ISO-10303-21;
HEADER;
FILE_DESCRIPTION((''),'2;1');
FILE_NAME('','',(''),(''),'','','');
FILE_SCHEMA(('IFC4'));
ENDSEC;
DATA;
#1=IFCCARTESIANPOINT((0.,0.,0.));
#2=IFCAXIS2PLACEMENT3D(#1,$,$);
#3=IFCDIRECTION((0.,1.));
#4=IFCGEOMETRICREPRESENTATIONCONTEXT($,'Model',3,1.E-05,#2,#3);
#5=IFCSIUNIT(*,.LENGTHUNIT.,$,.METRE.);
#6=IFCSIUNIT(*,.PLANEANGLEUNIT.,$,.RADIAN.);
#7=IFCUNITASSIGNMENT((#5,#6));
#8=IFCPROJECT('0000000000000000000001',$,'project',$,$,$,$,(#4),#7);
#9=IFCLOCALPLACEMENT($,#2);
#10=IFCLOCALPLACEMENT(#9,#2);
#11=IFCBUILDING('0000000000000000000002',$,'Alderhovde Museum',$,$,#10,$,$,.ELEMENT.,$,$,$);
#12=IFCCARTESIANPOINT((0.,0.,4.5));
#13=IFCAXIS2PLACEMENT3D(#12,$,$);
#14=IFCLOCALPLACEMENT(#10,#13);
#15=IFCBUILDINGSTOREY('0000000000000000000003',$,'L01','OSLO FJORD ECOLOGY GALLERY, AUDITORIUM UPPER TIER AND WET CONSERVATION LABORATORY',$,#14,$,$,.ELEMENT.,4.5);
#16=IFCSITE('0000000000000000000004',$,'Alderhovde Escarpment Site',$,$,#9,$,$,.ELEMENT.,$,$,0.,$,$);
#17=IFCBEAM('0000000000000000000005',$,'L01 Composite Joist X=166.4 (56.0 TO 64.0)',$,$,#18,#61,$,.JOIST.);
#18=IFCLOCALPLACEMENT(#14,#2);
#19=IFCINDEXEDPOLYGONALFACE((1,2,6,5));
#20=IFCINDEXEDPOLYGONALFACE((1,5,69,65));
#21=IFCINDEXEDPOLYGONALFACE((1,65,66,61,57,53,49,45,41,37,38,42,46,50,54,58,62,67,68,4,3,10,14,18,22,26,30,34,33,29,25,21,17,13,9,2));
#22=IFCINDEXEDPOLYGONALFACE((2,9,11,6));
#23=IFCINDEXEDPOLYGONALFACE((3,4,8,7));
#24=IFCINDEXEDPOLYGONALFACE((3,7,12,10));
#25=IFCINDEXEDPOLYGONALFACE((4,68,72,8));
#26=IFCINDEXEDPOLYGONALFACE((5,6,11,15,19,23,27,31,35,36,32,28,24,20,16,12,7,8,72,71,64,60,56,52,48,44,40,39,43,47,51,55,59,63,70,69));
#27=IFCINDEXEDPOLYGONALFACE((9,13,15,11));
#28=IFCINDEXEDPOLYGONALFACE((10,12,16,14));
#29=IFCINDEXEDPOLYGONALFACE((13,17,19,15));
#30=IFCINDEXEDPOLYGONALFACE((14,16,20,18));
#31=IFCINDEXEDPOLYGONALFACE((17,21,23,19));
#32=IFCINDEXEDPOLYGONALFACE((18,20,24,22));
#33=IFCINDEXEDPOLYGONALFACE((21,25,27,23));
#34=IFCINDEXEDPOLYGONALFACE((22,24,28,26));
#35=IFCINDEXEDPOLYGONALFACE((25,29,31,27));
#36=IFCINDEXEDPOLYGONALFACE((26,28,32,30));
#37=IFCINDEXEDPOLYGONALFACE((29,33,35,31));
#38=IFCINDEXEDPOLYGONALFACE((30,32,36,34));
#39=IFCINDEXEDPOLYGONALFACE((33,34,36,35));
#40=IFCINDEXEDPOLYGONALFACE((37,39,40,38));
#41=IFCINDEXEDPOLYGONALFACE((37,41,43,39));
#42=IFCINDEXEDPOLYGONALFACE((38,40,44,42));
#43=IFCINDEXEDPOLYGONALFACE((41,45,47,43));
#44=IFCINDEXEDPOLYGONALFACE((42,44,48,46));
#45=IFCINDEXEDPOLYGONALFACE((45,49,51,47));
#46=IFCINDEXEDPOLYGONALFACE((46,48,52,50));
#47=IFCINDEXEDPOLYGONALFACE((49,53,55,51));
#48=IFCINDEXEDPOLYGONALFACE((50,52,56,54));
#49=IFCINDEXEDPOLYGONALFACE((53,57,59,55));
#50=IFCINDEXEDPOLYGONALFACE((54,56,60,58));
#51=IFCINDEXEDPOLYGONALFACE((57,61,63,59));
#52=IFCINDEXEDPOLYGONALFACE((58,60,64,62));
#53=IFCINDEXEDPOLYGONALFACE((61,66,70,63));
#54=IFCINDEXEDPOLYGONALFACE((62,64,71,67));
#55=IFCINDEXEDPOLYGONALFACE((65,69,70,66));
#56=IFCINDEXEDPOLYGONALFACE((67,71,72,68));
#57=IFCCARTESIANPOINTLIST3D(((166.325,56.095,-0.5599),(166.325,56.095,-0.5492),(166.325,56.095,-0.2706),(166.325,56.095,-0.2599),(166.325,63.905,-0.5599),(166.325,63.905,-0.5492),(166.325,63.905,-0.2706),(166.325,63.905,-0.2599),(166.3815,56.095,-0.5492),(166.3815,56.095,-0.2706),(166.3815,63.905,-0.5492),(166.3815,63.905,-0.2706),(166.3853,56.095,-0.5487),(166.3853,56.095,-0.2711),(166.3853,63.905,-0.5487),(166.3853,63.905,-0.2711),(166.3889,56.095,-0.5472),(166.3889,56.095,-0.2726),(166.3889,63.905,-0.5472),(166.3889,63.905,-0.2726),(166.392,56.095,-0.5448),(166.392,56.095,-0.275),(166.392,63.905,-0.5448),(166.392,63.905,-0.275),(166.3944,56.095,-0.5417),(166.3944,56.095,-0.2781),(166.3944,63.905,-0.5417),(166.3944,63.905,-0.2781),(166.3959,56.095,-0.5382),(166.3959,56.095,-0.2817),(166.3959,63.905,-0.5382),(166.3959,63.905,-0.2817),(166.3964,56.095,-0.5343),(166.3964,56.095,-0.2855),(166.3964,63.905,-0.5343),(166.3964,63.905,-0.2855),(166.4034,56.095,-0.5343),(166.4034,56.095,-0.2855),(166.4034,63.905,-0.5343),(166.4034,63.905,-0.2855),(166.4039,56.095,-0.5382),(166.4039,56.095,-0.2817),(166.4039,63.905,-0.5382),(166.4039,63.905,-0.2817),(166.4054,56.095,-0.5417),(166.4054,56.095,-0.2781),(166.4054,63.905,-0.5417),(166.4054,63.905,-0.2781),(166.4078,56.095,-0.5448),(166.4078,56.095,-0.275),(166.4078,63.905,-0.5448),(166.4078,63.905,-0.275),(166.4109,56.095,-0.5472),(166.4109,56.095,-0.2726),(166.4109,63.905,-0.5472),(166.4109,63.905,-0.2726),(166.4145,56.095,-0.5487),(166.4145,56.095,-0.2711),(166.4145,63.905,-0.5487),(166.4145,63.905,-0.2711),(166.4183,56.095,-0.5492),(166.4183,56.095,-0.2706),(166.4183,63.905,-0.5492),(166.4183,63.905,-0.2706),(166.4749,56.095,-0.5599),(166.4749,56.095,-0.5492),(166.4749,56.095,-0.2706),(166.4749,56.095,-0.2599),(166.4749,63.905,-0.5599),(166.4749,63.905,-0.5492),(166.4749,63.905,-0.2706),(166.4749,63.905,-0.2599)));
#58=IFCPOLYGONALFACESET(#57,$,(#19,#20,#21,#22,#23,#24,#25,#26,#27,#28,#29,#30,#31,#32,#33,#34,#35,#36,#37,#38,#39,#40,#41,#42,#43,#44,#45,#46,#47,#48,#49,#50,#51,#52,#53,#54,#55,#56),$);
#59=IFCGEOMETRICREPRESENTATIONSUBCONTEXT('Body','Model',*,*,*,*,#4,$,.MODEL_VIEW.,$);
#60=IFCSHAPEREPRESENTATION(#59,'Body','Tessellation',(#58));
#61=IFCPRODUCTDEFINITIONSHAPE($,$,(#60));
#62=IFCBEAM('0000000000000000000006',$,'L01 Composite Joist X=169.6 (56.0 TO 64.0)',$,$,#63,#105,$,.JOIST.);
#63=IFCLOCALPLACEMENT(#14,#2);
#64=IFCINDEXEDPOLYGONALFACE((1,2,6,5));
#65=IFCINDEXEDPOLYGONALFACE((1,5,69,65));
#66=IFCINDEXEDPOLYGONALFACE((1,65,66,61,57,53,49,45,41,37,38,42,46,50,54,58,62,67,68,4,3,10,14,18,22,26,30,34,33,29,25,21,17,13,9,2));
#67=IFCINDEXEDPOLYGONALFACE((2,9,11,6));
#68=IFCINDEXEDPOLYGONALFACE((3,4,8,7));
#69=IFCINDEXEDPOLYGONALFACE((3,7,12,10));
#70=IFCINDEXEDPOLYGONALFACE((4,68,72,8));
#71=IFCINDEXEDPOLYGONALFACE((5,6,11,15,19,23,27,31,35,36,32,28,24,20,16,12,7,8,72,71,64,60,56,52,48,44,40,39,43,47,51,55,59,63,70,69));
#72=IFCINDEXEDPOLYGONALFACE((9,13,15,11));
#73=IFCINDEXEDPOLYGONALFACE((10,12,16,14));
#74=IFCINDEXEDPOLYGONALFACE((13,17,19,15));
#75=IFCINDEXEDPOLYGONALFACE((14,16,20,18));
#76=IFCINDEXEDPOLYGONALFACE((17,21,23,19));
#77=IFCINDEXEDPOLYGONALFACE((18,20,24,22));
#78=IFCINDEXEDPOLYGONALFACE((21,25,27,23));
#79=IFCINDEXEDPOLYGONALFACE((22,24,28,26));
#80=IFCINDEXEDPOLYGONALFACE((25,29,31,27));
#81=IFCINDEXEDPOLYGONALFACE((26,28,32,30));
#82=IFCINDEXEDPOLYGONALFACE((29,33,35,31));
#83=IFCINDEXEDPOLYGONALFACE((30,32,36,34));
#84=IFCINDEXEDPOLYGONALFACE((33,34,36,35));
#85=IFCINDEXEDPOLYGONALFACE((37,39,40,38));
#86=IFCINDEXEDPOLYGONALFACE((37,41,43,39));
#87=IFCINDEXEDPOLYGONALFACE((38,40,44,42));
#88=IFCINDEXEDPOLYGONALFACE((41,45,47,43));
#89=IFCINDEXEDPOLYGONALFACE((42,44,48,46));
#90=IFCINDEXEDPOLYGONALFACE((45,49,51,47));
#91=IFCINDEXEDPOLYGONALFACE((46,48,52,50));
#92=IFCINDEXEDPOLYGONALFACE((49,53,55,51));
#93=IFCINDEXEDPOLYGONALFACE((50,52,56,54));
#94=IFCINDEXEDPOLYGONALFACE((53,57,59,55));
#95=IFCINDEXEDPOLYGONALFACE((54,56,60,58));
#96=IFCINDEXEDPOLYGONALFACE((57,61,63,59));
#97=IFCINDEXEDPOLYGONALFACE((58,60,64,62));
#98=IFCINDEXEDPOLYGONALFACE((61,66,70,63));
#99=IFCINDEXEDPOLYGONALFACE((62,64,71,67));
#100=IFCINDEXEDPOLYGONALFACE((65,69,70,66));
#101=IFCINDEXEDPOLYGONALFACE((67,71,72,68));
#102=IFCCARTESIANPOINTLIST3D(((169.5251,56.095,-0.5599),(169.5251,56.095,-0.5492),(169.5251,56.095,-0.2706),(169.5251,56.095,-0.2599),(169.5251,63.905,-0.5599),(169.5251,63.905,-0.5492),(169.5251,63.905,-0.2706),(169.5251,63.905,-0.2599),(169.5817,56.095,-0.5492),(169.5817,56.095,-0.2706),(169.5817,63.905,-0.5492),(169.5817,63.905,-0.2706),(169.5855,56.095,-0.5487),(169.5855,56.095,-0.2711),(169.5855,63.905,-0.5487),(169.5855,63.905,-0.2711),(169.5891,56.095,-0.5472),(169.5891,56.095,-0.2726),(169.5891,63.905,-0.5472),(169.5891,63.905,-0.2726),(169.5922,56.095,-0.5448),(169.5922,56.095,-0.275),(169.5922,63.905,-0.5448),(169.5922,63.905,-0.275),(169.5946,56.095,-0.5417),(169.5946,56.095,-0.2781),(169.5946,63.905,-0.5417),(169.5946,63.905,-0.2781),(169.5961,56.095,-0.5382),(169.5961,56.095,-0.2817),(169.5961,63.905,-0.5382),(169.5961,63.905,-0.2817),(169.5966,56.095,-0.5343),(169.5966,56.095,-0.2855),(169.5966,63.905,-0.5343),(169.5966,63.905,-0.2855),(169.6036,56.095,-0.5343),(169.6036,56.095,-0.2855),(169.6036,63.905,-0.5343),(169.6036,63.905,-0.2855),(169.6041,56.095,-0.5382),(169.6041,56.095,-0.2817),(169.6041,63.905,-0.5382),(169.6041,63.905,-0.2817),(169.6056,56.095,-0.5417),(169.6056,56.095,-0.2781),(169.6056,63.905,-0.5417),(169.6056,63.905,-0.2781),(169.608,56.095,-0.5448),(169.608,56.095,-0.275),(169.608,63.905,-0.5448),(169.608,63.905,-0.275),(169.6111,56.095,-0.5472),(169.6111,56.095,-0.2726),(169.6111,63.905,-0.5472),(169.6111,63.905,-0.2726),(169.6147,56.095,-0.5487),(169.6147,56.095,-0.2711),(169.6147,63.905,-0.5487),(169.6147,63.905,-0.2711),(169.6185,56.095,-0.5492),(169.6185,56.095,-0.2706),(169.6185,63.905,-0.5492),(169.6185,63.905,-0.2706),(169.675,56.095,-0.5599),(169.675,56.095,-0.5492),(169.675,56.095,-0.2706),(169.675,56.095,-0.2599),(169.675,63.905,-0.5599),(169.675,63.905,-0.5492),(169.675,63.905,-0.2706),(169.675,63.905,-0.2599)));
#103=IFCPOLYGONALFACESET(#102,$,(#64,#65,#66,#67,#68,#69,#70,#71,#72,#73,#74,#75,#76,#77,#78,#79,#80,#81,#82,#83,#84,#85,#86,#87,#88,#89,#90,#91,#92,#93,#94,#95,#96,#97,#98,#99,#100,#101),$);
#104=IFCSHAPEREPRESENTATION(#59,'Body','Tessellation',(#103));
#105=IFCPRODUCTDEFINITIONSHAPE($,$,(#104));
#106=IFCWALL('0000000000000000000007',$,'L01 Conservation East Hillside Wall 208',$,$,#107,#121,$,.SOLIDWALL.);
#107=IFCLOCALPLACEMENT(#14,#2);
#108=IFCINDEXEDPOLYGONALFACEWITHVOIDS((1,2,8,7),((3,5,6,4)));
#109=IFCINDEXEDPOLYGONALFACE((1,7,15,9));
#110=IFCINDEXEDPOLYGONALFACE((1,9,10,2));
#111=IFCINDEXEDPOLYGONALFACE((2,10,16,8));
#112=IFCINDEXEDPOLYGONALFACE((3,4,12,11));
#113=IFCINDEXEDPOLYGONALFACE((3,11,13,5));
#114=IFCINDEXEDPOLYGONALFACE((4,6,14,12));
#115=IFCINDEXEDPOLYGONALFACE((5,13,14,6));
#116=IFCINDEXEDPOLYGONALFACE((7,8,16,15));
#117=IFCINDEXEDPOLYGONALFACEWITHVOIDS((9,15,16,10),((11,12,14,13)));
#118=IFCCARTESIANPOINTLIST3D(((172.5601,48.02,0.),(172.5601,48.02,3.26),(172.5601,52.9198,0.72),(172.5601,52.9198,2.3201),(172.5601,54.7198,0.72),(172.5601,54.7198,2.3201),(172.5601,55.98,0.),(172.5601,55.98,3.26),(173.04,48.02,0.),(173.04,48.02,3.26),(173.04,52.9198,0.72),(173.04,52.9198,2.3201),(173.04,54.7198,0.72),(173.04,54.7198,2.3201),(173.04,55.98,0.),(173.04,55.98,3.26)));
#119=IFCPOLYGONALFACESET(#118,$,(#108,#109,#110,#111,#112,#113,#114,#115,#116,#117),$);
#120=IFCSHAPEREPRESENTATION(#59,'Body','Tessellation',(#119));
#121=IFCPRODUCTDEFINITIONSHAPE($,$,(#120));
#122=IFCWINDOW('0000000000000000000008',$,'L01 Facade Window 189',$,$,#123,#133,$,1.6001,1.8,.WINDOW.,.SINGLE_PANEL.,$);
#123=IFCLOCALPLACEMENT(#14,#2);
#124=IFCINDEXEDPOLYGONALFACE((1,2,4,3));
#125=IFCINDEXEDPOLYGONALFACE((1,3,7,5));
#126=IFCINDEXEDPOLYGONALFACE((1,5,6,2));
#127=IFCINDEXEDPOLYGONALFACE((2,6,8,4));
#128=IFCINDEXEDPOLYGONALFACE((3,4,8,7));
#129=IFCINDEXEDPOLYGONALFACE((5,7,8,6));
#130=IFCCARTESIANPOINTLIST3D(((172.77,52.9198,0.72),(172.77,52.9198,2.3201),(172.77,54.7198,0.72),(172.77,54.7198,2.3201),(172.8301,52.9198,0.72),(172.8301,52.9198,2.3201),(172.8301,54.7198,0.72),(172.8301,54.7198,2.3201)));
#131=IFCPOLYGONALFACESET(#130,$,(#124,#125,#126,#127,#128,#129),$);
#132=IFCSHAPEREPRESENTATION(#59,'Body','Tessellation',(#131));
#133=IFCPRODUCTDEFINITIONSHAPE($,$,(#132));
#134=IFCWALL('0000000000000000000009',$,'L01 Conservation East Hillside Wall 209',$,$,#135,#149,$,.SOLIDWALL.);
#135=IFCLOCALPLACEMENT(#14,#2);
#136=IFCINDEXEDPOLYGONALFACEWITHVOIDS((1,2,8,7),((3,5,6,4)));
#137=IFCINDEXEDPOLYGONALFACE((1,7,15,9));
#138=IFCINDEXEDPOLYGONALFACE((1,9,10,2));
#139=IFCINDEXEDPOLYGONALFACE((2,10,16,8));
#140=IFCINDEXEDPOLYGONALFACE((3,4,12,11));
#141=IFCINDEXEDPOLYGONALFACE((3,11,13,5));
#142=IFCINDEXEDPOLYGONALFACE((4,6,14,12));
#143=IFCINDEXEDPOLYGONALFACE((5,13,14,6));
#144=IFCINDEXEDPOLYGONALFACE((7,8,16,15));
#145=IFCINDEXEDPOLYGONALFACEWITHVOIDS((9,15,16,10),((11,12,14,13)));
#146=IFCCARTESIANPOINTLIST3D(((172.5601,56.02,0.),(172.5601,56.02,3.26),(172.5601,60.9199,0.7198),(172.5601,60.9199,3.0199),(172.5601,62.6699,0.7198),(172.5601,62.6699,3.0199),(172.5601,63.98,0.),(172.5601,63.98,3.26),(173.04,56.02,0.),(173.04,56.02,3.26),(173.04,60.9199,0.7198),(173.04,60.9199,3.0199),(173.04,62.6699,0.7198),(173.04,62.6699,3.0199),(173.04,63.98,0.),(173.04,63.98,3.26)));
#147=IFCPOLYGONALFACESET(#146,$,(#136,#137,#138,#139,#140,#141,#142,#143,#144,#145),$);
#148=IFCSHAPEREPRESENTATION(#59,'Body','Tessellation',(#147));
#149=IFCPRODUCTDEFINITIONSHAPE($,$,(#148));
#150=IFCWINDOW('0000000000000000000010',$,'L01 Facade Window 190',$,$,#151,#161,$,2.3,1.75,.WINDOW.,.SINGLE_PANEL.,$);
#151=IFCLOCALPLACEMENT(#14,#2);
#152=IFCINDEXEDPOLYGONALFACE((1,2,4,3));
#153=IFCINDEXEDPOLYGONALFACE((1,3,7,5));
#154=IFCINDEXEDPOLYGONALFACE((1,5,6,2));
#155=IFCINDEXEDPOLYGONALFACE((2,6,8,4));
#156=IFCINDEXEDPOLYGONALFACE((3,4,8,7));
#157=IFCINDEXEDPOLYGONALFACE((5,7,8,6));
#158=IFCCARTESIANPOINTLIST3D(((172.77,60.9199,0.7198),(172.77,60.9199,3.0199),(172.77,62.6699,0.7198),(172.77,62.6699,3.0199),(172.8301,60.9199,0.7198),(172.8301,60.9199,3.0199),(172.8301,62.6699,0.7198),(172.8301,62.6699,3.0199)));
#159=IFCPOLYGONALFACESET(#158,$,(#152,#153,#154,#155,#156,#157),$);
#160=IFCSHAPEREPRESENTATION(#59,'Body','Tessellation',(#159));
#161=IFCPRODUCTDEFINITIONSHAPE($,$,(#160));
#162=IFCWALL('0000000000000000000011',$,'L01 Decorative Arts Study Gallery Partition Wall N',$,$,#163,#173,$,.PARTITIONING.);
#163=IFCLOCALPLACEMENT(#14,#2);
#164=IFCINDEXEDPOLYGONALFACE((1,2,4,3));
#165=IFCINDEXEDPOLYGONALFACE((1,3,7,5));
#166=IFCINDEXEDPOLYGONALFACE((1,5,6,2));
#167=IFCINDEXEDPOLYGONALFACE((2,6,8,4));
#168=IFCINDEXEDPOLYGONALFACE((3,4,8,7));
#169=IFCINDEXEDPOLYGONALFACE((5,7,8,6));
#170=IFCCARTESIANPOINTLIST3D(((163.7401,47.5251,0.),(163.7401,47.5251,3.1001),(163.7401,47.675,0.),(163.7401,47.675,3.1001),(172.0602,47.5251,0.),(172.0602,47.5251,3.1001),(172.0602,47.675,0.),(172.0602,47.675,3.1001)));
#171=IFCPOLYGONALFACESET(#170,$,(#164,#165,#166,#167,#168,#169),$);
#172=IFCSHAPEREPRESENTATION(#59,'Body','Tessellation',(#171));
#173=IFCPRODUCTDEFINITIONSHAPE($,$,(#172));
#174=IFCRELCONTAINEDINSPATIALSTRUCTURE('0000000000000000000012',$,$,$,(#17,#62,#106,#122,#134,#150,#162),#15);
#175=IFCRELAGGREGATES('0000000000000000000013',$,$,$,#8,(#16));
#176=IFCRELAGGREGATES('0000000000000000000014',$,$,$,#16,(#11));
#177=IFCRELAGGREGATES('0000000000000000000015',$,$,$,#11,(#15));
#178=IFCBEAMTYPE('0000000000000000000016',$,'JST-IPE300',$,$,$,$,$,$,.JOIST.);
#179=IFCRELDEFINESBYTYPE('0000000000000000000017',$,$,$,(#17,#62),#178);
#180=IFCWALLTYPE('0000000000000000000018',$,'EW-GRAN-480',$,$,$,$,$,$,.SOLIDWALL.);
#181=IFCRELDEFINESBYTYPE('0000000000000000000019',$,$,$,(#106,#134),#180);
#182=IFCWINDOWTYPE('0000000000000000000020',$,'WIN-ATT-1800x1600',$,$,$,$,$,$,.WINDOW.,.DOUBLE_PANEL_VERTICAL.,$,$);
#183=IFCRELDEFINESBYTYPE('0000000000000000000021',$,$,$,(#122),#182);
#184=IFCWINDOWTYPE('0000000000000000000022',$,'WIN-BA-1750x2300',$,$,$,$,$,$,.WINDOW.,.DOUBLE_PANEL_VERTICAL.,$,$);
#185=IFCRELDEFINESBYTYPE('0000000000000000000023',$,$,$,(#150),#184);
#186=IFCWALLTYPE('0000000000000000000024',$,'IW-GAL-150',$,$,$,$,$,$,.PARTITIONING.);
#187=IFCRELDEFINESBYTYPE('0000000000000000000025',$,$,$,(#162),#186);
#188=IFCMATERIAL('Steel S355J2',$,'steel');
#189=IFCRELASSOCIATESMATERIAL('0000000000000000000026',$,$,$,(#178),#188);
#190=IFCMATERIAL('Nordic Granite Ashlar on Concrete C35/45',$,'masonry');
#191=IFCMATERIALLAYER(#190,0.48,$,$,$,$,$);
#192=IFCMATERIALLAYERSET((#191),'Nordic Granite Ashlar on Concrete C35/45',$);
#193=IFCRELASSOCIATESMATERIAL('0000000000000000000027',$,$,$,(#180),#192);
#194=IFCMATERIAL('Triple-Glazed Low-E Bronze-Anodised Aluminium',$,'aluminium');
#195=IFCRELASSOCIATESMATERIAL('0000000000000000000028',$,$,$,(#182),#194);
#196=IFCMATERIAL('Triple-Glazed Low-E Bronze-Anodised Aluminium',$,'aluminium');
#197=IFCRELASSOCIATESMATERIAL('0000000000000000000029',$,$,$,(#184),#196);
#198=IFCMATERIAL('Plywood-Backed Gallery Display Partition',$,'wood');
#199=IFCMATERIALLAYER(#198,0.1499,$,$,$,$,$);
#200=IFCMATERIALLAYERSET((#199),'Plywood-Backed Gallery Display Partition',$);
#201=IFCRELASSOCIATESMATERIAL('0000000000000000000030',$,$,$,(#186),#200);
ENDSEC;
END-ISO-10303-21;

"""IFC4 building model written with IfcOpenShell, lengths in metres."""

from ifc_helpers import new_model, si_unit, direction, frame, frame_2d, origin, origin_2d, place, context, subcontext, project, spatial, rectangle, i_section, extrude, material, layer, layer_set, material_profile, profile_set, type_object, element, fill, save


model = new_model("IFC4")

# Units and contexts
model_context = context("Model", 3, precision=1e-05, world=origin(), true_north=direction((0.0, 1.0)))
body_context = subcontext(model_context, "Body", "Model", "MODEL_VIEW")
ifc_project = project(units=[si_unit("LENGTHUNIT", "METRE"), si_unit("PLANEANGLEUNIT", "RADIAN")], contexts=[model_context])

# Site, building, storey
site_placement = place(None, origin())
site = spatial("IfcSite", under=ifc_project, at=site_placement, Name="Alderhovde Escarpment Site", CompositionType="ELEMENT", RefElevation=0.0)
building_placement = place(site_placement, origin())
building = spatial("IfcBuilding", under=site, at=building_placement, Name="Alderhovde Museum", CompositionType="ELEMENT")
storey_placement = place(building_placement, frame((0.0, 0.0, 4.5)))
storey = spatial("IfcBuildingStorey", under=building, at=storey_placement, Name="L01", Description="OSLO FJORD ECOLOGY GALLERY, AUDITORIUM UPPER TIER AND WET CONSERVATION LABORATORY", CompositionType="ELEMENT", Elevation=4.5)

# Beams
ifc_material_1 = material(Name="Steel S355J2", Category="steel")
ifc_material_profile_1 = material_profile(ifc_material_1, i_section(OverallWidth=0.1499, OverallDepth=0.3, WebThickness=0.0071, FlangeThickness=0.0107, FilletRadius=0.0149, at=origin_2d()), Name="IPE 300")
ifc_profile_set_1 = profile_set([ifc_material_profile_1], Name="Steel S355J2")
beam_type_1 = type_object("IfcBeamType", Name="JST-IPE300", PredefinedType="JOIST", material=ifc_profile_set_1)
for number, where, z_axis, x_axis, name in (
    (1, (166.3999, 56.095, -0.4099), (0.0, 1.0, 0.0), (-1.0, 0.0, 0.0), "L01 Composite Joist X=166.4 (56.0 TO 64.0)"),
    (2, (169.6001, 56.095, -0.4099), (0.0, 1.0, 0.0), (-1.0, 0.0, 0.0), "L01 Composite Joist X=169.6 (56.0 TO 64.0)"),
):
    element("IfcBeam", number, at=place(storey_placement, frame(where, z_axis=z_axis, x_axis=x_axis)), inside=storey, type_object=beam_type_1, Name=name, PredefinedType="JOIST", context=body_context, shape_type="SweptSolid", body=[
        extrude(i_section(OverallWidth=0.1499, OverallDepth=0.3, WebThickness=0.0071, FlangeThickness=0.0107, FilletRadius=0.0149, at=origin_2d()), origin(), (0.0, 0.0, 1.0), 7.8101),
    ])

# Walls, openings, windows
ifc_material_2 = material(Name="Nordic Granite Ashlar on Concrete C35/45", Category="masonry")
ifc_layer_1 = layer(ifc_material_2, 0.48)
ifc_layer_set_1 = layer_set([ifc_layer_1], Name="Nordic Granite Ashlar on Concrete C35/45")
wall_type_1 = type_object("IfcWallType", Name="EW-GRAN-480", PredefinedType="SOLIDWALL", material=ifc_layer_set_1)
wall_1_placement = place(storey_placement, frame((172.8, 48.02, 0.0), z_axis=(0.0, 0.0, 1.0), x_axis=(0.0, 1.0, 0.0)))
wall_1 = element("IfcWall", 3, at=wall_1_placement, inside=storey, type_object=wall_type_1, Name="L01 Conservation East Hillside Wall 208", PredefinedType="SOLIDWALL", context=body_context, shape_type="SweptSolid", body=[
    extrude(rectangle(XDim=7.96, YDim=0.48, at=frame_2d((3.98, 0.0))), origin(), (0.0, 0.0, 1.0), 3.26),
])
opening_1_placement = place(wall_1_placement, frame((4.8999, 0.0, 0.72)))
opening_1 = element("IfcOpeningElement", 4, at=opening_1_placement, cuts=wall_1, PredefinedType="OPENING", context=body_context, shape_type="SweptSolid", body=[
    extrude(rectangle(XDim=1.8, YDim=1.6001, at=frame_2d((0.8999, 0.8))), frame((0.0, 0.25, 0.0), z_axis=(0.0, -1.0, 0.0), x_axis=(1.0, 0.0, 0.0)), (0.0, 0.0, 1.0), 0.5),
])
ifc_material_3 = material(Name="Triple-Glazed Low-E Bronze-Anodised Aluminium", Category="aluminium")
window_type_1 = type_object("IfcWindowType", Name="WIN-ATT-1800x1600", PartitioningType="DOUBLE_PANEL_VERTICAL", PredefinedType="WINDOW", material=ifc_material_3)
window_1_placement = place(opening_1_placement, origin())
window_1 = element("IfcWindow", 5, at=window_1_placement, inside=storey, type_object=window_type_1, Name="L01 Facade Window 189", OverallHeight=1.6001, OverallWidth=1.8, PartitioningType="SINGLE_PANEL", PredefinedType="WINDOW", context=body_context, shape_type="SweptSolid", body=[
    extrude(rectangle(XDim=1.8, YDim=1.6001, at=frame_2d((0.8999, 0.8))), frame((0.0, 0.03, 0.0), z_axis=(0.0, -1.0, 0.0), x_axis=(1.0, 0.0, 0.0)), (0.0, 0.0, 1.0), 0.0601),
])
fill(opening_1, window_1)
wall_2_placement = place(storey_placement, frame((172.8, 56.02, 0.0), z_axis=(0.0, 0.0, 1.0), x_axis=(0.0, 1.0, 0.0)))
wall_2 = element("IfcWall", 6, at=wall_2_placement, inside=storey, type_object=wall_type_1, Name="L01 Conservation East Hillside Wall 209", PredefinedType="SOLIDWALL", context=body_context, shape_type="SweptSolid", body=[
    extrude(rectangle(XDim=7.96, YDim=0.48, at=frame_2d((3.98, 0.0))), origin(), (0.0, 0.0, 1.0), 3.26),
])
opening_2_placement = place(wall_2_placement, frame((4.8999, 0.0, 0.72)))
opening_2 = element("IfcOpeningElement", 7, at=opening_2_placement, cuts=wall_2, PredefinedType="OPENING", context=body_context, shape_type="SweptSolid", body=[
    extrude(rectangle(XDim=1.75, YDim=2.3, at=frame_2d((0.875, 1.1499))), frame((0.0, 0.25, 0.0), z_axis=(0.0, -1.0, 0.0), x_axis=(1.0, 0.0, 0.0)), (0.0, 0.0, 1.0), 0.5),
])
ifc_material_4 = material(Name="Triple-Glazed Low-E Bronze-Anodised Aluminium", Category="aluminium")
window_type_2 = type_object("IfcWindowType", Name="WIN-BA-1750x2300", PartitioningType="DOUBLE_PANEL_VERTICAL", PredefinedType="WINDOW", material=ifc_material_4)
window_2_placement = place(opening_2_placement, origin())
window_2 = element("IfcWindow", 8, at=window_2_placement, inside=storey, type_object=window_type_2, Name="L01 Facade Window 190", OverallHeight=2.3, OverallWidth=1.75, PartitioningType="SINGLE_PANEL", PredefinedType="WINDOW", context=body_context, shape_type="SweptSolid", body=[
    extrude(rectangle(XDim=1.75, YDim=2.3, at=frame_2d((0.875, 1.1499))), frame((0.0, 0.03, 0.0), z_axis=(0.0, -1.0, 0.0), x_axis=(1.0, 0.0, 0.0)), (0.0, 0.0, 1.0), 0.0601),
])
fill(opening_2, window_2)

# Wall
ifc_material_5 = material(Name="Plywood-Backed Gallery Display Partition", Category="wood")
ifc_layer_2 = layer(ifc_material_5, 0.1499)
ifc_layer_set_2 = layer_set([ifc_layer_2], Name="Plywood-Backed Gallery Display Partition")
wall_type_2 = type_object("IfcWallType", Name="IW-GAL-150", PredefinedType="PARTITIONING", material=ifc_layer_set_2)
wall_3_placement = place(storey_placement, frame((163.74, 47.6001, 0.0), z_axis=(0.0, 0.0, 1.0), x_axis=(1.0, 0.0, 0.0)))
element("IfcWall", 9, at=wall_3_placement, inside=storey, type_object=wall_type_2, Name="L01 Decorative Arts Study Gallery Partition Wall N", PredefinedType="PARTITIONING", context=body_context, shape_type="SweptSolid", body=[
    extrude(rectangle(XDim=8.3201, YDim=0.1499, at=frame_2d((4.1602, 0.0))), origin(), (0.0, 0.0, 1.0), 3.1001),
])

save(model, "model.ifc")
